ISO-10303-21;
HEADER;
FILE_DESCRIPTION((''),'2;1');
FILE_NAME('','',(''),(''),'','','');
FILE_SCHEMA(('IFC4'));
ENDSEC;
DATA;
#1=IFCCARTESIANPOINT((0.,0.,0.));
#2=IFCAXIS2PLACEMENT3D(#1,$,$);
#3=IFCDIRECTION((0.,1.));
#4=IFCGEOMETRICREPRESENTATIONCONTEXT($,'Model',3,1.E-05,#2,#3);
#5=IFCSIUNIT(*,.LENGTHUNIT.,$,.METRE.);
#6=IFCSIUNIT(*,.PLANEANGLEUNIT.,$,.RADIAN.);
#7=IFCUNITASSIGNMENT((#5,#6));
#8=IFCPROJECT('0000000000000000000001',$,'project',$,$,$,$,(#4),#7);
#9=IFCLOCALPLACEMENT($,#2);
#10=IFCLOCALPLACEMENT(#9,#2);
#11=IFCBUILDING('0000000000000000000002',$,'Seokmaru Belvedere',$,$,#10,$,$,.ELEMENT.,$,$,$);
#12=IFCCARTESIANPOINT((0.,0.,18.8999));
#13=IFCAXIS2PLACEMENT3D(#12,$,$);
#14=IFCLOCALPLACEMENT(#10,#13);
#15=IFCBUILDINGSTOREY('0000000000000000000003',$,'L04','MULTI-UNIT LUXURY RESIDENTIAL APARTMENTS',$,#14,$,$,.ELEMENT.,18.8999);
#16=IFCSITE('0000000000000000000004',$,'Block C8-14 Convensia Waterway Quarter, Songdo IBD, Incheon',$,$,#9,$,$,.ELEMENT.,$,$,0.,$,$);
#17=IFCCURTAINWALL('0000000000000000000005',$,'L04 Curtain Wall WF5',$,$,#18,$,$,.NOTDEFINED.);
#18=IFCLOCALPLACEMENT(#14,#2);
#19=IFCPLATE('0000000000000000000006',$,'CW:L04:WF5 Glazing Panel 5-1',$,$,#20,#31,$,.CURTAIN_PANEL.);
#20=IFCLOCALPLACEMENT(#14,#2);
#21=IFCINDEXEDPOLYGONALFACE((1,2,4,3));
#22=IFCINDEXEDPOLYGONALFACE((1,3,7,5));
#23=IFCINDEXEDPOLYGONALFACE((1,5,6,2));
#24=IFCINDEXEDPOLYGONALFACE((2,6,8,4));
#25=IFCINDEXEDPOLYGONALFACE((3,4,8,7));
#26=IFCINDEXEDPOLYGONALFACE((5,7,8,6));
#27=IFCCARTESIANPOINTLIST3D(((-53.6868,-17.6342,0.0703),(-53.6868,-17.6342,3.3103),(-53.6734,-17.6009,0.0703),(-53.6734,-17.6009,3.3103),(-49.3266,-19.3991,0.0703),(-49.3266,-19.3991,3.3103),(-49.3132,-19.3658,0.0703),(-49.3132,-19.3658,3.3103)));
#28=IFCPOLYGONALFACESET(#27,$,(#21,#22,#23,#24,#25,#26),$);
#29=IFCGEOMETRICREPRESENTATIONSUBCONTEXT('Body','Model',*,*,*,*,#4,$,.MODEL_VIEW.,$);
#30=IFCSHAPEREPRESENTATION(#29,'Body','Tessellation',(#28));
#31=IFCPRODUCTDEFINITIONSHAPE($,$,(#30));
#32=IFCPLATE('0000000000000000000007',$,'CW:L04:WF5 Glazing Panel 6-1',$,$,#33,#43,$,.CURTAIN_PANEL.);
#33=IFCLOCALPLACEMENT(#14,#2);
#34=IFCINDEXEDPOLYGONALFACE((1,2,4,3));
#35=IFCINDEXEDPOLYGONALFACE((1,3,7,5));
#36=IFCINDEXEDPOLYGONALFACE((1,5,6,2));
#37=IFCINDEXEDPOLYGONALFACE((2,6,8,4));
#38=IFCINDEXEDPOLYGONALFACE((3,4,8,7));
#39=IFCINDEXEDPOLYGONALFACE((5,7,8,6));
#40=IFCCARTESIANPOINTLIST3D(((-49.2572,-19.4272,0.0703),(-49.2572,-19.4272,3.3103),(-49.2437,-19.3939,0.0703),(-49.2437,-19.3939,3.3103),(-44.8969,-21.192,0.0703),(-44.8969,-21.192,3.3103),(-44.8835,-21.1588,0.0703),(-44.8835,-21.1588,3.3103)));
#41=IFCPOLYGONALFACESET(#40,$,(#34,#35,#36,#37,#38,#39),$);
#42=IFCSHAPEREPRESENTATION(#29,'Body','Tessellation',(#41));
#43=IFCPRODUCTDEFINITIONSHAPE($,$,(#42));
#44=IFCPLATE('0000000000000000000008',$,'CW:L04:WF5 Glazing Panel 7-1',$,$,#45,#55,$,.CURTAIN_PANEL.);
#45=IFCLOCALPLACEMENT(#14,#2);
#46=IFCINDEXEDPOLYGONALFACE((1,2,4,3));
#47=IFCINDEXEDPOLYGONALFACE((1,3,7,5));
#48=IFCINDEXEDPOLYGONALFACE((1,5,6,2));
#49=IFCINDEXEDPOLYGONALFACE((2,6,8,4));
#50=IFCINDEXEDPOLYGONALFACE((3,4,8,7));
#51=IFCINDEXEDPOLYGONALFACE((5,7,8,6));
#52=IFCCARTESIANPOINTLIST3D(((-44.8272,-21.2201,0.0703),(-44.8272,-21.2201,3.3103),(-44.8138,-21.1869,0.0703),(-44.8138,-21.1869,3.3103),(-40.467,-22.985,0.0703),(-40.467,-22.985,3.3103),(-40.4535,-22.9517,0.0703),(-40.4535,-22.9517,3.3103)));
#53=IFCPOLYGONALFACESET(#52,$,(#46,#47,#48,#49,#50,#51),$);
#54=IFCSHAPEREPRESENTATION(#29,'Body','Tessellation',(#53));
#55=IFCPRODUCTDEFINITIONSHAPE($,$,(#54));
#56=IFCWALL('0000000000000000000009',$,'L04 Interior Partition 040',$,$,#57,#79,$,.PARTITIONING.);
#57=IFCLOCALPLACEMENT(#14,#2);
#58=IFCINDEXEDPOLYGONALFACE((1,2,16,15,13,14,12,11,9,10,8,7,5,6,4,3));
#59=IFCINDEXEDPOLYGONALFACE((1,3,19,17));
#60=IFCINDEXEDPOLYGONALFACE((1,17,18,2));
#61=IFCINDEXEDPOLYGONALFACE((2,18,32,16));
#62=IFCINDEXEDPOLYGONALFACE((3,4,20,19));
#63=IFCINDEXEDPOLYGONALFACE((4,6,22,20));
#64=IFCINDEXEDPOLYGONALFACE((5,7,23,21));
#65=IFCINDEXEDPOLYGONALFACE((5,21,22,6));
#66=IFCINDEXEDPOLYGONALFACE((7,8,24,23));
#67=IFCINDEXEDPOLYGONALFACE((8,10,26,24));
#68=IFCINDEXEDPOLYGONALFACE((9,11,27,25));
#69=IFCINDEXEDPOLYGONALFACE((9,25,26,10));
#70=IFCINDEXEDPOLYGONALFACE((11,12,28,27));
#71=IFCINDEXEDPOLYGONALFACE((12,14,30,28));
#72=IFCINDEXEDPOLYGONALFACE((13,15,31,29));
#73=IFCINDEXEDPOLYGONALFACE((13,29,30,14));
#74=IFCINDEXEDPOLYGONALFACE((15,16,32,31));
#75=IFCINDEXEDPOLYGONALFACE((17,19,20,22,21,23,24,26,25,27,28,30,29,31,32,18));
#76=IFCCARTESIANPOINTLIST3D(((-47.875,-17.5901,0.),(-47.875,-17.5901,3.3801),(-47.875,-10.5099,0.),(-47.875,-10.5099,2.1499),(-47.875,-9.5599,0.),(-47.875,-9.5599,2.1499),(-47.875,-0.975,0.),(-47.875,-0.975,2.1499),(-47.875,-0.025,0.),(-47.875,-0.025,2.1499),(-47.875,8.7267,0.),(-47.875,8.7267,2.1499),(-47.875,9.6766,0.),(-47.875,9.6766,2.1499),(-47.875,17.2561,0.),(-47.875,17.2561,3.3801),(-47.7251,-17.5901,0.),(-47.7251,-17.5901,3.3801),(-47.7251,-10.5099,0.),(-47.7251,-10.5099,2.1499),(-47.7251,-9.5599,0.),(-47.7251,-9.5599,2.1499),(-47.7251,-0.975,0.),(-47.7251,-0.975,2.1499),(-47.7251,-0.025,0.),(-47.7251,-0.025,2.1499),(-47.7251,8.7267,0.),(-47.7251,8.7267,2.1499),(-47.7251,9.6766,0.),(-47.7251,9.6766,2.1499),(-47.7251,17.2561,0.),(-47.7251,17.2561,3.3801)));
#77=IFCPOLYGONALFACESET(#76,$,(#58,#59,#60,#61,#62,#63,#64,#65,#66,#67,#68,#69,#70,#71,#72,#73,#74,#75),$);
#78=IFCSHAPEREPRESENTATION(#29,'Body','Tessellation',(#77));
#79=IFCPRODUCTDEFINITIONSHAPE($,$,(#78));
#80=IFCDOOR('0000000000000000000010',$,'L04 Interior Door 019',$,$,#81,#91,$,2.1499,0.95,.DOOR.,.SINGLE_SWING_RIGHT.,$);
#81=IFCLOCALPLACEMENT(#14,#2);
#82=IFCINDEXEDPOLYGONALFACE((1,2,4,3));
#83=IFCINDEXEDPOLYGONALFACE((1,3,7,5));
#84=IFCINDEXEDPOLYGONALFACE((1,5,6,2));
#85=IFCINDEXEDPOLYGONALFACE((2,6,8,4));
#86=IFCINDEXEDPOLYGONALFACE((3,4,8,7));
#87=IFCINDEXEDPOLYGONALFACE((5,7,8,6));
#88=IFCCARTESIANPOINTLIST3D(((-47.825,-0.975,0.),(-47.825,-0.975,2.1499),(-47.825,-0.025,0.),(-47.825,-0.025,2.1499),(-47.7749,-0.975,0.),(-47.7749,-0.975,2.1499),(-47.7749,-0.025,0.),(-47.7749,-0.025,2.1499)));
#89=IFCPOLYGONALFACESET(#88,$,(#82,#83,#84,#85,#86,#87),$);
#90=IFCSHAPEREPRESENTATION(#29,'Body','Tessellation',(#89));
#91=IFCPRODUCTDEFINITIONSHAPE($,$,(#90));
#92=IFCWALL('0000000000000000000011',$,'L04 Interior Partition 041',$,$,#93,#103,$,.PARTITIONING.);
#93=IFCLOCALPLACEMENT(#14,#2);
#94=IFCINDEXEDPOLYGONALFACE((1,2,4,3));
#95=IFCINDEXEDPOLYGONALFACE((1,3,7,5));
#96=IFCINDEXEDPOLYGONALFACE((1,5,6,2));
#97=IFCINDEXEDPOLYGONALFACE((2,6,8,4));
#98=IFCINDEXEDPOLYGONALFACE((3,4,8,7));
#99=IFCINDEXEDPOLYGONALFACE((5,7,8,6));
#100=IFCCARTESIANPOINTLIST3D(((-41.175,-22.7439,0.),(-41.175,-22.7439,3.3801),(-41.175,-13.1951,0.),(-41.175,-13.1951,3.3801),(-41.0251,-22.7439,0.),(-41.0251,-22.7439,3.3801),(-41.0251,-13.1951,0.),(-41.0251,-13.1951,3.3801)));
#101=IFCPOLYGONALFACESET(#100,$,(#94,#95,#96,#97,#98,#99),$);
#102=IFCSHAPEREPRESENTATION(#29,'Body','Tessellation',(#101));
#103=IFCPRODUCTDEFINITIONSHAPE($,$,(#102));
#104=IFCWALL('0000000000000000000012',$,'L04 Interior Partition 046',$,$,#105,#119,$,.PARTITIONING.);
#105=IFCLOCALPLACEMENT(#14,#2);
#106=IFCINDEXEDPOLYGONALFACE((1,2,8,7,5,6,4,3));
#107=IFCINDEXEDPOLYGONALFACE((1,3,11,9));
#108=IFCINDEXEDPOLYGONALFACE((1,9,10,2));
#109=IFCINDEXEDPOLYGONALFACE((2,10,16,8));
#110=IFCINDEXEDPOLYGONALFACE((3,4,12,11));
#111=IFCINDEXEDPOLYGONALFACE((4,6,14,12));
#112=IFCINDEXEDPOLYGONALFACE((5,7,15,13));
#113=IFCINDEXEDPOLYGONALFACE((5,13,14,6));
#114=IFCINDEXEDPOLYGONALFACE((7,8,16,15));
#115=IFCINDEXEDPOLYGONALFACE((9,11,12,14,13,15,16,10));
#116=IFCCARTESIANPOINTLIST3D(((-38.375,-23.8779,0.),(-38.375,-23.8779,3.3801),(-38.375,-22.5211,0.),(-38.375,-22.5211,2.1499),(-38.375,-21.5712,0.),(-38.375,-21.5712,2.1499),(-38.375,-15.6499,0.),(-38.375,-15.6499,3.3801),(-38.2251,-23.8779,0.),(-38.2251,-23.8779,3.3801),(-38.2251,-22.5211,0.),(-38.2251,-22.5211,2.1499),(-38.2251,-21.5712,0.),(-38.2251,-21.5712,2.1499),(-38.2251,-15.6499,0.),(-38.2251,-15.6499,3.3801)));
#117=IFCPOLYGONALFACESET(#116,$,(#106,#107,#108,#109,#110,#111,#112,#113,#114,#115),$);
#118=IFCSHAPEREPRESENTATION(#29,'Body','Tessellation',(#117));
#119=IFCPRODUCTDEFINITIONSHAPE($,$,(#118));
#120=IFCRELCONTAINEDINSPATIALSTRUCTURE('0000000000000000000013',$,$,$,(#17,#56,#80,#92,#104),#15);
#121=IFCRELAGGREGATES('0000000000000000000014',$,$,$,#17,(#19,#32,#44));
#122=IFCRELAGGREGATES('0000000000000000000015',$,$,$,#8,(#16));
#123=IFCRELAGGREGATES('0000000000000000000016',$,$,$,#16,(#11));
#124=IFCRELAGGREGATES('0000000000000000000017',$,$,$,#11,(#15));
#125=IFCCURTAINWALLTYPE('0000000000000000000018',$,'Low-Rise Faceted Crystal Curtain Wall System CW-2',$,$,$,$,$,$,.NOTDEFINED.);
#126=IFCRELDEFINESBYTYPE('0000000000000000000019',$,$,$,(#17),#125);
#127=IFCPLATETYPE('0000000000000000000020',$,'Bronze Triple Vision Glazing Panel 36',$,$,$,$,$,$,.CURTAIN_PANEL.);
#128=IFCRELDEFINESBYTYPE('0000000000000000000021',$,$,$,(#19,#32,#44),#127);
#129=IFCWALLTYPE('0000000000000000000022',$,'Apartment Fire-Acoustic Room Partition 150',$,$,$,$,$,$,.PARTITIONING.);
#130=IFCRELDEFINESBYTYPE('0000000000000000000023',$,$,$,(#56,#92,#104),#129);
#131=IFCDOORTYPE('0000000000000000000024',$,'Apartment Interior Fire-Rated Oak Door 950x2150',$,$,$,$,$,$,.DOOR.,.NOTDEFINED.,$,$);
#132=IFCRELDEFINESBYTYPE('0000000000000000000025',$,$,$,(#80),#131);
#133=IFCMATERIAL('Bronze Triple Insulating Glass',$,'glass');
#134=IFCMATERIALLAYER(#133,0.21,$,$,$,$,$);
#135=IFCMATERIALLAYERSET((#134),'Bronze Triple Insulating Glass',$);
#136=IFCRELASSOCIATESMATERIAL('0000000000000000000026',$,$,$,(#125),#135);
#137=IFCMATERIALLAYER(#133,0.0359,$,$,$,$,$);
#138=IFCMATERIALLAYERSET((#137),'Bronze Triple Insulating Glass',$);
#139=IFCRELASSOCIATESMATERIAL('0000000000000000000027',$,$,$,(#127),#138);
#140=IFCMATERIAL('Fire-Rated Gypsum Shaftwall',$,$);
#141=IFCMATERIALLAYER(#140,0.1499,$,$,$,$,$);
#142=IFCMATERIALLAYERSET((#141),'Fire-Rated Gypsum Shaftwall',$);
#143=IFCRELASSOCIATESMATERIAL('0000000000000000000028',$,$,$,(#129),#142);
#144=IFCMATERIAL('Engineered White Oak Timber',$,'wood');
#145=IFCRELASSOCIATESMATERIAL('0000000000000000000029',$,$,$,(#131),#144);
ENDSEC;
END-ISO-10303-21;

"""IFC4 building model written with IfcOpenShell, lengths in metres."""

from ifc_helpers import new_model, si_unit, direction, frame, frame_2d, origin, origin_2d, place, context, subcontext, project, spatial, rectangle, extrude, source, transform, mapped, material, layer, layer_set, type_object, type_shapes, element, fill, aggregate, save


model = new_model("IFC4")

# Units and contexts
model_context = context("Model", 3, precision=1e-05, world=origin(), true_north=direction((0.0, 1.0)))
body_context = subcontext(model_context, "Body", "Model", "MODEL_VIEW")
ifc_project = project(units=[si_unit("LENGTHUNIT", "METRE"), si_unit("PLANEANGLEUNIT", "RADIAN")], contexts=[model_context])

# Site, building, storey
site_placement = place(None, origin())
site = spatial("IfcSite", under=ifc_project, at=site_placement, Name="Block C8-14 Convensia Waterway Quarter, Songdo IBD, Incheon", CompositionType="ELEMENT", RefElevation=0.0)
building_placement = place(site_placement, origin())
building = spatial("IfcBuilding", under=site, at=building_placement, Name="Seokmaru Belvedere", CompositionType="ELEMENT")
storey_placement = place(building_placement, frame((0.0, 0.0, 18.8999)))
storey = spatial("IfcBuildingStorey", under=building, at=storey_placement, Name="L04", Description="MULTI-UNIT LUXURY RESIDENTIAL APARTMENTS", CompositionType="ELEMENT", Elevation=18.8999)

# Curtain wall, plates
ifc_material_1 = material(Name="Bronze Triple Insulating Glass", Category="glass")
ifc_layer_1 = layer(ifc_material_1, 0.21)
ifc_layer_set_1 = layer_set([ifc_layer_1], Name="Bronze Triple Insulating Glass")
curtain_wall_type = type_object("IfcCurtainWallType", Name="Low-Rise Faceted Crystal Curtain Wall System CW-2", PredefinedType="NOTDEFINED", material=ifc_layer_set_1)
curtain_wall_placement = place(storey_placement, origin())
curtain_wall = element("IfcCurtainWall", 1, at=curtain_wall_placement, inside=storey, type_object=curtain_wall_type, Name="L04 Curtain Wall WF5", PredefinedType="NOTDEFINED")
ifc_layer_2 = layer(ifc_material_1, 0.0359)
ifc_layer_set_2 = layer_set([ifc_layer_2], Name="Bronze Triple Insulating Glass")
plate_type = type_object("IfcPlateType", Name="Bronze Triple Vision Glazing Panel 36", PredefinedType="CURTAIN_PANEL", material=ifc_layer_set_2)
shared_shape_1 = source(origin(), body_context, "Body", "SweptSolid", [
    extrude(rectangle(XDim=4.7039, YDim=0.0359, at=origin_2d()), origin(), (0.0, 0.0, 1.0), 3.24),
])
type_shapes(plate_type, [shared_shape_1])
plate_1_placement = place(storey_placement, frame((-51.5, -18.5, 0.0703), z_axis=(0.0, 0.0, 1.0), x_axis=(0.926947, -0.375192, 0.0)))
plate_1 = element("IfcPlate", 2, at=plate_1_placement, type_object=plate_type, Name="CW:L04:WF5 Glazing Panel 5-1", PredefinedType="CURTAIN_PANEL", context=body_context, shape_type="MappedRepresentation", body=[
    mapped(shared_shape_1, transform((0.0, 0.0, 0.0), scale=1.0)),
])
plate_2_placement = place(storey_placement, frame((-47.0703, -20.293, 0.0703), z_axis=(0.0, 0.0, 1.0), x_axis=(0.926947, -0.375192, 0.0)))
plate_2 = element("IfcPlate", 3, at=plate_2_placement, type_object=plate_type, Name="CW:L04:WF5 Glazing Panel 6-1", PredefinedType="CURTAIN_PANEL", context=body_context, shape_type="MappedRepresentation", body=[
    mapped(shared_shape_1, transform((0.0, 0.0, 0.0), scale=1.0)),
])
plate_3_placement = place(storey_placement, frame((-42.6404, -22.0859, 0.0703), z_axis=(0.0, 0.0, 1.0), x_axis=(0.926947, -0.375192, 0.0)))
plate_3 = element("IfcPlate", 4, at=plate_3_placement, type_object=plate_type, Name="CW:L04:WF5 Glazing Panel 7-1", PredefinedType="CURTAIN_PANEL", context=body_context, shape_type="MappedRepresentation", body=[
    mapped(shared_shape_1, transform((0.0, 0.0, 0.0), scale=1.0)),
])
aggregate(curtain_wall, [plate_1, plate_2, plate_3])

# Wall, openings, door
ifc_material_2 = material(Name="Fire-Rated Gypsum Shaftwall")
ifc_layer_3 = layer(ifc_material_2, 0.1499)
ifc_layer_set_3 = layer_set([ifc_layer_3], Name="Fire-Rated Gypsum Shaftwall")
wall_type_1 = type_object("IfcWallType", Name="Apartment Fire-Acoustic Room Partition 150", PredefinedType="PARTITIONING", material=ifc_layer_set_3)
wall_1_placement = place(storey_placement, frame((-47.8, -17.5901, 0.0), z_axis=(0.0, 0.0, 1.0), x_axis=(0.0, 1.0, 0.0)))
wall_1 = element("IfcWall", 5, at=wall_1_placement, inside=storey, type_object=wall_type_1, Name="L04 Interior Partition 040", PredefinedType="PARTITIONING", context=body_context, shape_type="SweptSolid", body=[
    extrude(rectangle(XDim=34.8462, YDim=0.1499, at=frame_2d((17.4231, 0.0))), origin(), (0.0, 0.0, 1.0), 3.3801),
])
opening_1_placement = place(wall_1_placement, frame((7.0801, 0.0, 0.0)))
element("IfcOpeningElement", 6, at=opening_1_placement, cuts=wall_1, PredefinedType="OPENING", context=body_context, shape_type="SweptSolid", body=[
    extrude(rectangle(XDim=0.95, YDim=2.1499, at=frame_2d((0.4751, 1.075))), frame((0.0, 0.085, 0.0), z_axis=(0.0, -1.0, 0.0), x_axis=(1.0, 0.0, 0.0)), (0.0, 0.0, 1.0), 0.1699),
])
opening_2_placement = place(wall_1_placement, frame((16.615, 0.0, 0.0)))
opening_2 = element("IfcOpeningElement", 7, at=opening_2_placement, cuts=wall_1, PredefinedType="OPENING", context=body_context, shape_type="SweptSolid", body=[
    extrude(rectangle(XDim=0.95, YDim=2.1499, at=frame_2d((0.4751, 1.075))), frame((0.0, 0.085, 0.0), z_axis=(0.0, -1.0, 0.0), x_axis=(1.0, 0.0, 0.0)), (0.0, 0.0, 1.0), 0.1699),
])
opening_3_placement = place(wall_1_placement, frame((26.3167, 0.0, 0.0)))
element("IfcOpeningElement", 8, at=opening_3_placement, cuts=wall_1, PredefinedType="OPENING", context=body_context, shape_type="SweptSolid", body=[
    extrude(rectangle(XDim=0.95, YDim=2.1499, at=frame_2d((0.4751, 1.075))), frame((0.0, 0.085, 0.0), z_axis=(0.0, -1.0, 0.0), x_axis=(1.0, 0.0, 0.0)), (0.0, 0.0, 1.0), 0.1699),
])
ifc_material_3 = material(Name="Engineered White Oak Timber", Category="wood")
door_type_1 = type_object("IfcDoorType", Name="Apartment Interior Fire-Rated Oak Door 950x2150", OperationType="NOTDEFINED", PredefinedType="DOOR", material=ifc_material_3)
shared_shape_2 = source(origin(), body_context, "Body", "SweptSolid", [
    extrude(rectangle(XDim=0.95, YDim=2.1499, at=frame_2d((0.4751, 1.075))), frame((0.0, 0.0249, 0.0), z_axis=(0.0, -1.0, 0.0), x_axis=(1.0, 0.0, 0.0)), (0.0, 0.0, 1.0), 0.05),
])
type_shapes(door_type_1, [shared_shape_2])
door_1_placement = place(opening_2_placement, origin())
door_1 = element("IfcDoor", 9, at=door_1_placement, inside=storey, type_object=door_type_1, Name="L04 Interior Door 019", OperationType="SINGLE_SWING_RIGHT", OverallHeight=2.1499, OverallWidth=0.95, PredefinedType="DOOR", context=body_context, shape_type="MappedRepresentation", body=[
    mapped(shared_shape_2, transform((0.0, 0.0, 0.0), scale=1.0)),
])
fill(opening_2, door_1)

# Wall
wall_2_placement = place(storey_placement, frame((-41.1001, -22.7439, 0.0), z_axis=(0.0, 0.0, 1.0), x_axis=(0.0, 1.0, 0.0)))
element("IfcWall", 10, at=wall_2_placement, inside=storey, type_object=wall_type_1, Name="L04 Interior Partition 041", PredefinedType="PARTITIONING", context=body_context, shape_type="SweptSolid", body=[
    extrude(rectangle(XDim=9.5488, YDim=0.1499, at=frame_2d((4.7744, 0.0))), origin(), (0.0, 0.0, 1.0), 3.3801),
])

# Wall, opening
wall_3_placement = place(storey_placement, frame((-38.3, -23.8779, 0.0), z_axis=(0.0, 0.0, 1.0), x_axis=(0.0, 1.0, 0.0)))
wall_3 = element("IfcWall", 11, at=wall_3_placement, inside=storey, type_object=wall_type_1, Name="L04 Interior Partition 046", PredefinedType="PARTITIONING", context=body_context, shape_type="SweptSolid", body=[
    extrude(rectangle(XDim=8.228, YDim=0.1499, at=frame_2d((4.114, 0.0))), origin(), (0.0, 0.0, 1.0), 3.3801),
])
opening_4_placement = place(wall_3_placement, frame((1.3567, 0.0, 0.0)))
element("IfcOpeningElement", 12, at=opening_4_placement, cuts=wall_3, PredefinedType="OPENING", context=body_context, shape_type="SweptSolid", body=[
    extrude(rectangle(XDim=0.95, YDim=2.1499, at=frame_2d((0.4751, 1.075))), frame((0.0, 0.085, 0.0), z_axis=(0.0, -1.0, 0.0), x_axis=(1.0, 0.0, 0.0)), (0.0, 0.0, 1.0), 0.1699),
])

save(model, "model.ifc")
